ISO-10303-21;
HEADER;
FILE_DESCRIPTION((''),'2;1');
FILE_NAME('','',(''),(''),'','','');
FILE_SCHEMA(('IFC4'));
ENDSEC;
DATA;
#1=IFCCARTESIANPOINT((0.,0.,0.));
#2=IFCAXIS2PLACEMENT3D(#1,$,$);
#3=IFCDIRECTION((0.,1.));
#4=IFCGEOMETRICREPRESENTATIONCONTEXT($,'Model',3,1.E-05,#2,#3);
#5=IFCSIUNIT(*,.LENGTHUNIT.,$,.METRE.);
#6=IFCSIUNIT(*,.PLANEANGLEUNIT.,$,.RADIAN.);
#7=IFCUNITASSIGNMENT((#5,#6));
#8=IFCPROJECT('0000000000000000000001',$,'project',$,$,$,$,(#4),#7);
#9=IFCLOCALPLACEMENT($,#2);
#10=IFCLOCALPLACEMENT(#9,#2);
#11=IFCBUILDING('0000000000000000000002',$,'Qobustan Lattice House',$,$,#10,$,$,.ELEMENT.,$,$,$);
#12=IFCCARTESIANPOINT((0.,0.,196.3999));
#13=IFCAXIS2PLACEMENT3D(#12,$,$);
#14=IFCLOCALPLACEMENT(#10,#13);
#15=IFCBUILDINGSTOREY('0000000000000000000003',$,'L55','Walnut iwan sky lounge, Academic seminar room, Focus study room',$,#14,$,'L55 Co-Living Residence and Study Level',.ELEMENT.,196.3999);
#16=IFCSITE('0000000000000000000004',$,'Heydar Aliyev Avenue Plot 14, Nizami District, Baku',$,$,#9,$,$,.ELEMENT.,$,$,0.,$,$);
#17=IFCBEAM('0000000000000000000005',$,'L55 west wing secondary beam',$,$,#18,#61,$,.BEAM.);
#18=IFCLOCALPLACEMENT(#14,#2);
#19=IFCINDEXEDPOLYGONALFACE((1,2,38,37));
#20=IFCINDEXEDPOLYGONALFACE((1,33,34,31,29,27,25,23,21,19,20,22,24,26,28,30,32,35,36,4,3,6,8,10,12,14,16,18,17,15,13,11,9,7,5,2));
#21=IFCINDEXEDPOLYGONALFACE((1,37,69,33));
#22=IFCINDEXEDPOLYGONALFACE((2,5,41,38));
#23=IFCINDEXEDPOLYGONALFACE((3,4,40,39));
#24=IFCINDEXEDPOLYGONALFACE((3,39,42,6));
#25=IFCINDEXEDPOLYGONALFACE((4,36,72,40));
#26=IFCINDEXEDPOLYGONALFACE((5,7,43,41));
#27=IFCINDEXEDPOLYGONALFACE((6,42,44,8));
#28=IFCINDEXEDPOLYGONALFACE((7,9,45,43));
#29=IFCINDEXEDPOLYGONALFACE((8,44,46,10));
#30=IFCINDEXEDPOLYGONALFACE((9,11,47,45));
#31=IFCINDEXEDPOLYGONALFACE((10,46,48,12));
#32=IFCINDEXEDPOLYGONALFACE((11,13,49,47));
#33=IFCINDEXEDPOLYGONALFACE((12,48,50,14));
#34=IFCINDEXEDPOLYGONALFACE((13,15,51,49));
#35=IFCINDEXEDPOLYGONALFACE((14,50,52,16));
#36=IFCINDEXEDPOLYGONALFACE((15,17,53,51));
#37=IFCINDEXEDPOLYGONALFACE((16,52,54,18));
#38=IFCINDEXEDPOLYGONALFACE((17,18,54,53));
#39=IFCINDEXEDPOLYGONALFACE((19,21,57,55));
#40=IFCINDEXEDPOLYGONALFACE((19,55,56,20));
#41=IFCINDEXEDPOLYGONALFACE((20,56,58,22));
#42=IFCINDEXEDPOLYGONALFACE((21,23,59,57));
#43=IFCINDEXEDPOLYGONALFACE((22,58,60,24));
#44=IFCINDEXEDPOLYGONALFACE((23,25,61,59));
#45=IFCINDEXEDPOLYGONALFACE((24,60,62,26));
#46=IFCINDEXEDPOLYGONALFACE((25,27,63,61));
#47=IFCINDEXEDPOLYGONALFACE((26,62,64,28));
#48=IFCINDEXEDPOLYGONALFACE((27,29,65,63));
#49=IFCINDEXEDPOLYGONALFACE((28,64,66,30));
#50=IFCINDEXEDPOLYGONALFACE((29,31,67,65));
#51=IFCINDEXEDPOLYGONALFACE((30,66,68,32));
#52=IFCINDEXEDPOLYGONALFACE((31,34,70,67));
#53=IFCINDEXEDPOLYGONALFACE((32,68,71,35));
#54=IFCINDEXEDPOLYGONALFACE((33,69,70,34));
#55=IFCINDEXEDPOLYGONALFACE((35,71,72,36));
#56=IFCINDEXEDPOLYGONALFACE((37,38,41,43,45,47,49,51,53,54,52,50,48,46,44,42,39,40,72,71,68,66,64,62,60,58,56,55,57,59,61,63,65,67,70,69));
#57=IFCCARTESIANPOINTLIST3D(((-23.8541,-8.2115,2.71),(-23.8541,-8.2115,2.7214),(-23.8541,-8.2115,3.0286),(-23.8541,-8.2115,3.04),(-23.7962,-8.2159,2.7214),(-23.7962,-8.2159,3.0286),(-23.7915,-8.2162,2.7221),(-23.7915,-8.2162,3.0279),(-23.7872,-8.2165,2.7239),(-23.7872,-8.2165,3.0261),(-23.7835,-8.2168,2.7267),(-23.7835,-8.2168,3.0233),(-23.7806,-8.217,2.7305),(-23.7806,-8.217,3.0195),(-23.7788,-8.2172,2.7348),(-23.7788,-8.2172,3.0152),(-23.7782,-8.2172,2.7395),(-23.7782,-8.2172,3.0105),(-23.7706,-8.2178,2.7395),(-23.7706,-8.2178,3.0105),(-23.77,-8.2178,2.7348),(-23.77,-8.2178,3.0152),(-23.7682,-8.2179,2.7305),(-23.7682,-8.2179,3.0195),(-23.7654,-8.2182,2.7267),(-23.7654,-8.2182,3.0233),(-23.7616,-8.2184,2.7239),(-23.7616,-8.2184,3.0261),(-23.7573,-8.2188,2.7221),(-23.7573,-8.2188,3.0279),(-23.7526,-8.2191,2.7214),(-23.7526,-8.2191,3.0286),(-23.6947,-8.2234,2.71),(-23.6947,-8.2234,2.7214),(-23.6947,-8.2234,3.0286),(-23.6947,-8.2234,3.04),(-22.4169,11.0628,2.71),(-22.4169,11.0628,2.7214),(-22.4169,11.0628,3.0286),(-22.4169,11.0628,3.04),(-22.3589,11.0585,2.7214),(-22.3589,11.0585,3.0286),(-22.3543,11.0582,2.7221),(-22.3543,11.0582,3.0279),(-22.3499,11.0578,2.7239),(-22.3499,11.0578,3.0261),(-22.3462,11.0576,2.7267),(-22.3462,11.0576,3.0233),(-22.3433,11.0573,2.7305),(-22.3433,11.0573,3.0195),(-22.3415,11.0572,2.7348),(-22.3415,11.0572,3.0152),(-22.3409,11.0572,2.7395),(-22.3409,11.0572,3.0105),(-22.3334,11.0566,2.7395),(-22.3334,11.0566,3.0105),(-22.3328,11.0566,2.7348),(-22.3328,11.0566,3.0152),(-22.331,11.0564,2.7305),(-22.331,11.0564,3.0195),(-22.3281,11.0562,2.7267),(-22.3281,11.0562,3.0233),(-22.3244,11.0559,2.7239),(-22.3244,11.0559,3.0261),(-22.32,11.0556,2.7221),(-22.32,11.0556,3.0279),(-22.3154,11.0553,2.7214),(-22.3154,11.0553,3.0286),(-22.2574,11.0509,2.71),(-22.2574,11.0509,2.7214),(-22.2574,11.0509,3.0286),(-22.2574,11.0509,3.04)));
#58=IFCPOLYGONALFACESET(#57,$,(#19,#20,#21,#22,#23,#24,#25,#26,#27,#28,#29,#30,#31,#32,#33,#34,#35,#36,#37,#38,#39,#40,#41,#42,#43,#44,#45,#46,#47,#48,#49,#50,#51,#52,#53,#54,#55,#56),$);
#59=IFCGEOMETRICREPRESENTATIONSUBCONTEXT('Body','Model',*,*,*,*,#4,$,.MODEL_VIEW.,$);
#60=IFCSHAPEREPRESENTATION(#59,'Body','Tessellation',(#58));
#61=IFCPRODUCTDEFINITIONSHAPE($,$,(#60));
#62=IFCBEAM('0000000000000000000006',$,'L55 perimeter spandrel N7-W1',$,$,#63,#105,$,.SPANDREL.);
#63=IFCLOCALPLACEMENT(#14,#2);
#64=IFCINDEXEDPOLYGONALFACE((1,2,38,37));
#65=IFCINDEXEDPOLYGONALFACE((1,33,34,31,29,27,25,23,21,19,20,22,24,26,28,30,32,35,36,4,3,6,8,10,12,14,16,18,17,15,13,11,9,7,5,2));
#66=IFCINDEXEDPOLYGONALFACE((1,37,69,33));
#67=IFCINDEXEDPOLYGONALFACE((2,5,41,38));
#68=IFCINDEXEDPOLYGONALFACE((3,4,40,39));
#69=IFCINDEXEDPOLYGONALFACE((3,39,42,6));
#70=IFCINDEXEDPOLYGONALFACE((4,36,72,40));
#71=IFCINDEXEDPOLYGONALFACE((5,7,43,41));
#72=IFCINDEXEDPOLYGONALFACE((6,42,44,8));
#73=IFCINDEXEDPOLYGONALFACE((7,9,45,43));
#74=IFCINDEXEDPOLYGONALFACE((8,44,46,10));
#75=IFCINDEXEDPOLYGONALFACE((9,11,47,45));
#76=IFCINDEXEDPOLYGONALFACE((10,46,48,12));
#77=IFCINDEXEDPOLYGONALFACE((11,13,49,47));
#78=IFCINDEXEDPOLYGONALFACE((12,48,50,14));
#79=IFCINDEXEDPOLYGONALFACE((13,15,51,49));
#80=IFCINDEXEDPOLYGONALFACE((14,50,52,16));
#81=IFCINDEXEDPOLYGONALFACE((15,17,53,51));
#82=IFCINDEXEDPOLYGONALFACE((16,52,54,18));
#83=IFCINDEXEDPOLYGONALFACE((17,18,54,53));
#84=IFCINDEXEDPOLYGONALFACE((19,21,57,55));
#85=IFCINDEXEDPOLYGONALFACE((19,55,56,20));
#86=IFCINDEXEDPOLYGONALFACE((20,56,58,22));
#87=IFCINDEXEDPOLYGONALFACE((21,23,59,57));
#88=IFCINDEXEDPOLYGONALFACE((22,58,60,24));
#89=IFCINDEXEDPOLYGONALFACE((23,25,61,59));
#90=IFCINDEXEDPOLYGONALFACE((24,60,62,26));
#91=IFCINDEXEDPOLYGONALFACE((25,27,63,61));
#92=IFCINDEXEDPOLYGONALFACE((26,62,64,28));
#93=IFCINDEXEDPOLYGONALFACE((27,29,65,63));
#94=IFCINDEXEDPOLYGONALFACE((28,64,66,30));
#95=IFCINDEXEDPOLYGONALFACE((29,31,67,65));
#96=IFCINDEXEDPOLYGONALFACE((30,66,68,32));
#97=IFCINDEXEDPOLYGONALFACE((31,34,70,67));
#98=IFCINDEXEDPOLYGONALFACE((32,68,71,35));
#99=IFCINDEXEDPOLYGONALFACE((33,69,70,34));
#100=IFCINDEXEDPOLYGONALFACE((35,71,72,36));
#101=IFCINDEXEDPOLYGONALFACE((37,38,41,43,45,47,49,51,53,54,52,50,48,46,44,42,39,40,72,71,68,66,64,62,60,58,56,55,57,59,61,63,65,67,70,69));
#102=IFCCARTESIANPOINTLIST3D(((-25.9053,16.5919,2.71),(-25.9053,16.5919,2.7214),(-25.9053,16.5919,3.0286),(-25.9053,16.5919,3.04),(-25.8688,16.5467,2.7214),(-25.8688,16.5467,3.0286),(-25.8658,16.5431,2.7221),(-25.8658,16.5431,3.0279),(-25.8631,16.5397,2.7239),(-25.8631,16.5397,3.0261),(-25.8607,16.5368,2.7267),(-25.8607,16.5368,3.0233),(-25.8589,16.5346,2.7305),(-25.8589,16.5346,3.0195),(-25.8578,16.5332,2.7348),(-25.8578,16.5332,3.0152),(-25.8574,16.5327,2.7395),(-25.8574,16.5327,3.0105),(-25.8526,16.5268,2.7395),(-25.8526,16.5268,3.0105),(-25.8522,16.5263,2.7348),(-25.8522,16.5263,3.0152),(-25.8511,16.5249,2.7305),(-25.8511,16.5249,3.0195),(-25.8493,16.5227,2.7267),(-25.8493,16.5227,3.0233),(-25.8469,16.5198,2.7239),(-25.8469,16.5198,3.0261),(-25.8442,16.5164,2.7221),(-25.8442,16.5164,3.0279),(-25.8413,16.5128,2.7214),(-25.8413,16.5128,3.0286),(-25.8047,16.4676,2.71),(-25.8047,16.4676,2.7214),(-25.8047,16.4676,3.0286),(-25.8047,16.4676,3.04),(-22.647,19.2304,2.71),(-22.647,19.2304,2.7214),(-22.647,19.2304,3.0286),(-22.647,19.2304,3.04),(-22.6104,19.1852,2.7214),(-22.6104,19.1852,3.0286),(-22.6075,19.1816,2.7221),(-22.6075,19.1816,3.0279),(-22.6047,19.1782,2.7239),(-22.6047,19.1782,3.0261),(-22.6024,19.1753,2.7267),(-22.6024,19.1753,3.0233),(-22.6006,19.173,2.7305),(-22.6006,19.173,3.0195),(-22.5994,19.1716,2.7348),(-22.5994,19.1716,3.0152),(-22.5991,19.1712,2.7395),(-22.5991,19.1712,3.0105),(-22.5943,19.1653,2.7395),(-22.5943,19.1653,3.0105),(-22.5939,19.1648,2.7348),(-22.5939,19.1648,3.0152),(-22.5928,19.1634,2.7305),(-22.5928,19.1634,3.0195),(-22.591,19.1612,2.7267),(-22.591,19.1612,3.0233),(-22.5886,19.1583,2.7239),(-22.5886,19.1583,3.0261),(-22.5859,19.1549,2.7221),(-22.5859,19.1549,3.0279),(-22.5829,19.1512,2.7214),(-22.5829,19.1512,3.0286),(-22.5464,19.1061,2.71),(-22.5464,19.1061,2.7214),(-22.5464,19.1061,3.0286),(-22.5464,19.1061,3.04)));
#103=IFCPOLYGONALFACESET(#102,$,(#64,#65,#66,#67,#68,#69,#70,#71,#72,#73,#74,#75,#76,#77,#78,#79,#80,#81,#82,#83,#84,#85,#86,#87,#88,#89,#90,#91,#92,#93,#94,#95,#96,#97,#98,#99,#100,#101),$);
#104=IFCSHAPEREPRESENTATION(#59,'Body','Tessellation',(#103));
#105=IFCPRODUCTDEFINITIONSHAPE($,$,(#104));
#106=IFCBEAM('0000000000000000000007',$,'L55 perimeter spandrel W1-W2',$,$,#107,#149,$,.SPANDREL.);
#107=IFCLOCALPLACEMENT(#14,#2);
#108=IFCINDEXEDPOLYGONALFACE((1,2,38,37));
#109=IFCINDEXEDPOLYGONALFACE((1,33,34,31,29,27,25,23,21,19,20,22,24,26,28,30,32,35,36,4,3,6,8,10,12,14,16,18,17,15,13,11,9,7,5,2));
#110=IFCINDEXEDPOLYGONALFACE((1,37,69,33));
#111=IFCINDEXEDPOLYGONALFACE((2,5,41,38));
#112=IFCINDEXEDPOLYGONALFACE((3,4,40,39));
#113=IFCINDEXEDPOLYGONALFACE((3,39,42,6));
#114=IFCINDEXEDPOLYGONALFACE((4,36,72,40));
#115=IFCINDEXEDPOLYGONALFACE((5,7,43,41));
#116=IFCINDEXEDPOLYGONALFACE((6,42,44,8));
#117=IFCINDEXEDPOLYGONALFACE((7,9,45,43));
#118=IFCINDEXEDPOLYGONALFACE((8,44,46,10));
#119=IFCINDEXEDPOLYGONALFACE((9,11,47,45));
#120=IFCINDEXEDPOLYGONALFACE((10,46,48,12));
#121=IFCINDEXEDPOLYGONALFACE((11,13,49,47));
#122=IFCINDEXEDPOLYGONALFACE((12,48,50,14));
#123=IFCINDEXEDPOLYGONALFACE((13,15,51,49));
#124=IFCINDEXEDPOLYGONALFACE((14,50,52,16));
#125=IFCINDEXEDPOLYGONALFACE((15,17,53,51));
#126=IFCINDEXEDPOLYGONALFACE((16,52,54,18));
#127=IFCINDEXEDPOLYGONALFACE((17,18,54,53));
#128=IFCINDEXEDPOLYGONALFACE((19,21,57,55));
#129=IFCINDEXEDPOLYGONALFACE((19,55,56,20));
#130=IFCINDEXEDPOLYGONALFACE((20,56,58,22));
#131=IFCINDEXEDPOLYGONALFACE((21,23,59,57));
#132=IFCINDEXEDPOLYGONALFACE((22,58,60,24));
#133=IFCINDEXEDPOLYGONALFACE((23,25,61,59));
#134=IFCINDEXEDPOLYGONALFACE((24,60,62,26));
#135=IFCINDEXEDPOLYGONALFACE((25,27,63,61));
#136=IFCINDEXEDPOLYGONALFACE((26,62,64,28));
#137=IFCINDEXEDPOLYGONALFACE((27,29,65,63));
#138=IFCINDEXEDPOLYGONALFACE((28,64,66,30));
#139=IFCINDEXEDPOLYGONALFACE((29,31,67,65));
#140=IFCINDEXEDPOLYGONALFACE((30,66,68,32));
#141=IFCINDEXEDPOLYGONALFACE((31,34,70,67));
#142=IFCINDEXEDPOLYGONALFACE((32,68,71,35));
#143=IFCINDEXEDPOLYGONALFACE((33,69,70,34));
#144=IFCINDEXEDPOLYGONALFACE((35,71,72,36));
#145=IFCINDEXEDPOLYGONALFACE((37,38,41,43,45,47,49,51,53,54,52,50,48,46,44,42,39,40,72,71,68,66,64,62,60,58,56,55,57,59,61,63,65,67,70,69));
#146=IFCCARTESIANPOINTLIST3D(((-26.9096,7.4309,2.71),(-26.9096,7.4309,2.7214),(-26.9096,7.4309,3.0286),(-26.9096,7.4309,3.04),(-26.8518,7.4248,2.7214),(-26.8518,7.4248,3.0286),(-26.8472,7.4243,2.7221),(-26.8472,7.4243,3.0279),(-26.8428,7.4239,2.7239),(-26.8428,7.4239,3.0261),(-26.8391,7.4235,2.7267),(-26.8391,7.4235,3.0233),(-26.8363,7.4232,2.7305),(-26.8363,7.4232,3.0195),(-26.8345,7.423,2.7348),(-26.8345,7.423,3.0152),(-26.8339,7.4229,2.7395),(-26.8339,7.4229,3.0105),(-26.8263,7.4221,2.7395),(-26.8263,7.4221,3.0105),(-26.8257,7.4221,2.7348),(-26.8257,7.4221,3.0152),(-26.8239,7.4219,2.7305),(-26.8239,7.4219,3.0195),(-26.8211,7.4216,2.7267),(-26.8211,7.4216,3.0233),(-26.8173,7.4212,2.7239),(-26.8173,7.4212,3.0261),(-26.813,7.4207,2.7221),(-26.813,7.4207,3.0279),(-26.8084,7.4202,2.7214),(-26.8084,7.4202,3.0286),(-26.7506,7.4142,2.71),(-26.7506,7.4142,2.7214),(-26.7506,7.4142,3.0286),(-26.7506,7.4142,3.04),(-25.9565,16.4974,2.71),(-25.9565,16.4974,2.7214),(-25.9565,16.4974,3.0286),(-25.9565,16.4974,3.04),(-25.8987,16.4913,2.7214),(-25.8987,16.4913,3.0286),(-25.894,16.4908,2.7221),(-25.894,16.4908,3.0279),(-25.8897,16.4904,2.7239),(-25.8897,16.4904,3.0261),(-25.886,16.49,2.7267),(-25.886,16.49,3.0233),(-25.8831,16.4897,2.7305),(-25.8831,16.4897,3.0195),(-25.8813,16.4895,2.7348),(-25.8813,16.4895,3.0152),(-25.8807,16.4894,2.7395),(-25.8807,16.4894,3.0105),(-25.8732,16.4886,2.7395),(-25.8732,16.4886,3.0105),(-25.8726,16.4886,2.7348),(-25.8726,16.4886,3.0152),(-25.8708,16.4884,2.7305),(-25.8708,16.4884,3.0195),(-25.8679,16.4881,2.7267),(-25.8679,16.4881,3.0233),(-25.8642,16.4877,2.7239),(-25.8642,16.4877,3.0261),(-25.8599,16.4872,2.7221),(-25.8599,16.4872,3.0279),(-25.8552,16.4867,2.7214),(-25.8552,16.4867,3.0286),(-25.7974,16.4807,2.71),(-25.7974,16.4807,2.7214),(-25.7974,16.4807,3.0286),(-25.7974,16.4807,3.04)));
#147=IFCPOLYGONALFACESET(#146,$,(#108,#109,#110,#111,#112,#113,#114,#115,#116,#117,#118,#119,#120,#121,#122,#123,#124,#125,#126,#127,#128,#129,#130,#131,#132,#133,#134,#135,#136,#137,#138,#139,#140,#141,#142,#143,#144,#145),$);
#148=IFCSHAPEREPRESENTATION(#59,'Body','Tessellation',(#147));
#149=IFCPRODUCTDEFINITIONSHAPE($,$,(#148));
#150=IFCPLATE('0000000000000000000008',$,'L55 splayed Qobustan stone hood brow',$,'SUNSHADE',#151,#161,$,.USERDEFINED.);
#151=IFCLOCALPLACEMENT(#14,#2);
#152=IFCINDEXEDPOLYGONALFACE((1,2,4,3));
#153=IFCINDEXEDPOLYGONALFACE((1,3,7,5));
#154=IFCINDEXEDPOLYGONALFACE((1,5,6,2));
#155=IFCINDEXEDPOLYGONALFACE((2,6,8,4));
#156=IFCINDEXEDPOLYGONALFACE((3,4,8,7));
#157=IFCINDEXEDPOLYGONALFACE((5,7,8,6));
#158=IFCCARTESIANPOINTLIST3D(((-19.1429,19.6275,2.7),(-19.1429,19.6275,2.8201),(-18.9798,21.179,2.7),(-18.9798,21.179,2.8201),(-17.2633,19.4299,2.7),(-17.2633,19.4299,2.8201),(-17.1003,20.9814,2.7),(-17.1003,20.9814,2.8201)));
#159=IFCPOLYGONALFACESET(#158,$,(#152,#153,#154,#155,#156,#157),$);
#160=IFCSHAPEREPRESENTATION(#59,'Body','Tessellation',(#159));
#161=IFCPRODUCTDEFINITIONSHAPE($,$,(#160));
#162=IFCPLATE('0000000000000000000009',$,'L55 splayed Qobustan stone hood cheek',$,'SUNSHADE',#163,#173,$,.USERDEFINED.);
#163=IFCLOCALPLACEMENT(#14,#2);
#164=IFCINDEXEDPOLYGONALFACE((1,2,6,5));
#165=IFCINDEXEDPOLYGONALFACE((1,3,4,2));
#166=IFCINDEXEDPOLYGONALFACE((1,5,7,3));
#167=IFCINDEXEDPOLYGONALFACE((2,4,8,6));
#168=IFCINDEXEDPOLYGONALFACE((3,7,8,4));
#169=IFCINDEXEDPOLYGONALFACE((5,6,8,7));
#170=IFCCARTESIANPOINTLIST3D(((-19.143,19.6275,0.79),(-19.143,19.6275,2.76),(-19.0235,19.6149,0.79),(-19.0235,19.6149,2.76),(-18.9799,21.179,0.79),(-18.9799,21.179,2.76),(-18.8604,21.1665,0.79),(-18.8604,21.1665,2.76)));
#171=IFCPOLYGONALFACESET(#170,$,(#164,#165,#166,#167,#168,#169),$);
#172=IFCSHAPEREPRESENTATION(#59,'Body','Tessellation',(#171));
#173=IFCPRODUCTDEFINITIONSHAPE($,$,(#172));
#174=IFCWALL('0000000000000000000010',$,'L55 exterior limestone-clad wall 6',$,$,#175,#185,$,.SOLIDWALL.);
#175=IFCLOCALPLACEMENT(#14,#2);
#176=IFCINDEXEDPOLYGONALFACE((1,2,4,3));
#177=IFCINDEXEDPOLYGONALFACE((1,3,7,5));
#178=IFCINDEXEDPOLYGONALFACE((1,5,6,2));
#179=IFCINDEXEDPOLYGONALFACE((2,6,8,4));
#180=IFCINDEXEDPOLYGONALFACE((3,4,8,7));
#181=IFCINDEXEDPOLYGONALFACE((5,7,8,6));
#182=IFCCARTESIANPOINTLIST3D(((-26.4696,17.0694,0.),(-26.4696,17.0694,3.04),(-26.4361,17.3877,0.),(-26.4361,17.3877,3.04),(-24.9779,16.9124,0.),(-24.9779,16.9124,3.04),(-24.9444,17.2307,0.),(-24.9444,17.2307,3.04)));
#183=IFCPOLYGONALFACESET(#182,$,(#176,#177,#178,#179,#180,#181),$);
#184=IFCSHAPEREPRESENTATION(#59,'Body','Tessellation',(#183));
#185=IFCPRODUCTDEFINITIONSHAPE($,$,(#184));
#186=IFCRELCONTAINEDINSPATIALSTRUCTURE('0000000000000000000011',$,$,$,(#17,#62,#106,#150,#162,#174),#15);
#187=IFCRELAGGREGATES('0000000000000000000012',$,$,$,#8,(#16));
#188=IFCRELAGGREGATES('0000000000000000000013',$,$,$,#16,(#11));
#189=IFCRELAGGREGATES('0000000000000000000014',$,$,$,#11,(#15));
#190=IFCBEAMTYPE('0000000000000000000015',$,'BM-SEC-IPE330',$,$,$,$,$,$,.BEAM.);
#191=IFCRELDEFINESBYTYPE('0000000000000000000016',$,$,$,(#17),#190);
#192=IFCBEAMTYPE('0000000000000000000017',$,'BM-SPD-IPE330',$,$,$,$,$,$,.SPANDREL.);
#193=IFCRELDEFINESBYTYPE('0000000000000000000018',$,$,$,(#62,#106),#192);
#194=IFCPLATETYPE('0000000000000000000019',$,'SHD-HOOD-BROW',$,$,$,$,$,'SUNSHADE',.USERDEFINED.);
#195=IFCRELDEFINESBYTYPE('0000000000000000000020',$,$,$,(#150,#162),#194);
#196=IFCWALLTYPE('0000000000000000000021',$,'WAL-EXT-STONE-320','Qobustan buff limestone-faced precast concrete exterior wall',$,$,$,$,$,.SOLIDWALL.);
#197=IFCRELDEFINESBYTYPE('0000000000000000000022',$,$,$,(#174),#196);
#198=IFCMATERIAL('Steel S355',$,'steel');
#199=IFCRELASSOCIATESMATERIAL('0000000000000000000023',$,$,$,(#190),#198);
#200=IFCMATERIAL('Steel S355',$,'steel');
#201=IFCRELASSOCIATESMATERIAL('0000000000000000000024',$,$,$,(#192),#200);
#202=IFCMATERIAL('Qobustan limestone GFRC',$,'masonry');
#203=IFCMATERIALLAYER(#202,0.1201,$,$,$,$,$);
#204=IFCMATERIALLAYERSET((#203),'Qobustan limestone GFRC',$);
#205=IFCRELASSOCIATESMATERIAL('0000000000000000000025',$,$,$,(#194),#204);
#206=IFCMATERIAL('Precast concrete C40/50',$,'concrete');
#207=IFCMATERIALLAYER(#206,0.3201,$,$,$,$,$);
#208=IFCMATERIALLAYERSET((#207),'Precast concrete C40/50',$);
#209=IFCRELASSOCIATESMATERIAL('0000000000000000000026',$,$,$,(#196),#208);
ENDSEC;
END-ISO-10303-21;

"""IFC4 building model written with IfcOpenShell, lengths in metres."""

from ifc_helpers import new_model, si_unit, direction, frame, frame_2d, origin, origin_2d, place, context, subcontext, project, spatial, rectangle, i_section, extrude, material, layer, layer_set, material_profile, profile_set, type_object, element, save


model = new_model("IFC4")

# Units and contexts
model_context = context("Model", 3, precision=1e-05, world=origin(), true_north=direction((0.0, 1.0)))
body_context = subcontext(model_context, "Body", "Model", "MODEL_VIEW")
ifc_project = project(units=[si_unit("LENGTHUNIT", "METRE"), si_unit("PLANEANGLEUNIT", "RADIAN")], contexts=[model_context])

# Site, building, storey
site_placement = place(None, origin())
site = spatial("IfcSite", under=ifc_project, at=site_placement, Name="Heydar Aliyev Avenue Plot 14, Nizami District, Baku", CompositionType="ELEMENT", RefElevation=0.0)
building_placement = place(site_placement, origin())
building = spatial("IfcBuilding", under=site, at=building_placement, Name="Qobustan Lattice House", CompositionType="ELEMENT")
storey_placement = place(building_placement, frame((0.0, 0.0, 196.3999)))
storey = spatial("IfcBuildingStorey", under=building, at=storey_placement, Name="L55", Description="Walnut iwan sky lounge, Academic seminar room, Focus study room", LongName="L55 Co-Living Residence and Study Level", CompositionType="ELEMENT", Elevation=196.3999)

# Beams
ifc_material_1 = material(Name="Steel S355", Category="steel")
ifc_material_profile_1 = material_profile(ifc_material_1, i_section(OverallWidth=0.1599, OverallDepth=0.3301, WebThickness=0.0076, FlangeThickness=0.0115, FilletRadius=0.0181, at=origin_2d()), Name="IPE330")
ifc_profile_set_1 = profile_set([ifc_material_profile_1], Name="Steel S355")
beam_type_1 = type_object("IfcBeamType", Name="BM-SEC-IPE330", PredefinedType="BEAM", material=ifc_profile_set_1)
beam_1_placement = place(storey_placement, frame((-22.3372, 11.0569, 2.875), z_axis=(-0.074362, -0.997231, 0.0), x_axis=(0.997231, -0.074362, 0.0)))
element("IfcBeam", 1, at=beam_1_placement, inside=storey, type_object=beam_type_1, Name="L55 west wing secondary beam", PredefinedType="BEAM", context=body_context, shape_type="SweptSolid", body=[
    extrude(i_section(OverallWidth=0.1599, OverallDepth=0.3301, WebThickness=0.0076, FlangeThickness=0.0115, FilletRadius=0.0181, at=origin_2d()), origin(), (0.0, 0.0, 1.0), 19.3279),
])
ifc_material_2 = material(Name="Steel S355", Category="steel")
ifc_material_profile_2 = material_profile(ifc_material_2, i_section(OverallWidth=0.1599, OverallDepth=0.3301, WebThickness=0.0076, FlangeThickness=0.0115, FilletRadius=0.0181, at=origin_2d()), Name="IPE330")
ifc_profile_set_2 = profile_set([ifc_material_profile_2], Name="Steel S355")
beam_type_2 = type_object("IfcBeamType", Name="BM-SPD-IPE330", PredefinedType="SPANDREL", material=ifc_profile_set_2)
beam_2_placement = place(storey_placement, frame((-22.5967, 19.1682, 2.875), z_axis=(-0.777157, -0.629307, 0.0), x_axis=(0.629307, -0.777157, 0.0)))
element("IfcBeam", 2, at=beam_2_placement, inside=storey, type_object=beam_type_2, Name="L55 perimeter spandrel N7-W1", PredefinedType="SPANDREL", context=body_context, shape_type="SweptSolid", body=[
    extrude(i_section(OverallWidth=0.1599, OverallDepth=0.3301, WebThickness=0.0076, FlangeThickness=0.0115, FilletRadius=0.0181, at=origin_2d()), origin(), (0.0, 0.0, 1.0), 4.1926),
])
beam_3_placement = place(storey_placement, frame((-25.877, 16.489, 2.875), z_axis=(-0.104551, -0.99452, 0.0), x_axis=(0.99452, -0.104551, 0.0)))
element("IfcBeam", 3, at=beam_3_placement, inside=storey, type_object=beam_type_2, Name="L55 perimeter spandrel W1-W2", PredefinedType="SPANDREL", context=body_context, shape_type="SweptSolid", body=[
    extrude(i_section(OverallWidth=0.1599, OverallDepth=0.3301, WebThickness=0.0076, FlangeThickness=0.0115, FilletRadius=0.0181, at=origin_2d()), origin(), (0.0, 0.0, 1.0), 9.1165),
])

# Plates
ifc_material_3 = material(Name="Qobustan limestone GFRC", Category="masonry")
ifc_layer_1 = layer(ifc_material_3, 0.1201)
ifc_layer_set_1 = layer_set([ifc_layer_1], Name="Qobustan limestone GFRC")
plate_type = type_object("IfcPlateType", Name="SHD-HOOD-BROW", ElementType="SUNSHADE", PredefinedType="USERDEFINED", material=ifc_layer_set_1)
plate_1_placement = place(storey_placement, frame((-18.1216, 20.3044, 2.7), z_axis=(0.0, 0.0, 1.0), x_axis=(0.994522, -0.104528, 0.0)))
element("IfcPlate", 4, at=plate_1_placement, inside=storey, type_object=plate_type, Name="L55 splayed Qobustan stone hood brow", ObjectType="SUNSHADE", PredefinedType="USERDEFINED", context=body_context, shape_type="SweptSolid", body=[
    extrude(rectangle(XDim=1.8899, YDim=1.5601, at=origin_2d()), origin(), (0.0, 0.0, 1.0), 0.1201),
])
plate_2_placement = place(storey_placement, frame((-19.0017, 20.397, 0.79), z_axis=(0.0, 0.0, 1.0), x_axis=(0.994522, -0.104528, 0.0)))
element("IfcPlate", 5, at=plate_2_placement, inside=storey, type_object=plate_type, Name="L55 splayed Qobustan stone hood cheek", ObjectType="SUNSHADE", PredefinedType="USERDEFINED", context=body_context, shape_type="SweptSolid", body=[
    extrude(rectangle(XDim=0.1201, YDim=1.5601, at=origin_2d()), origin(), (0.0, 0.0, 1.0), 1.97),
])

# Wall
ifc_material_4 = material(Name="Precast concrete C40/50", Category="concrete")
ifc_layer_2 = layer(ifc_material_4, 0.3201)
ifc_layer_set_2 = layer_set([ifc_layer_2], Name="Precast concrete C40/50")
wall_type_1 = type_object("IfcWallType", Name="WAL-EXT-STONE-320", Description="Qobustan buff limestone-faced precast concrete exterior wall", PredefinedType="SOLIDWALL", material=ifc_layer_set_2)
wall_1_placement = place(storey_placement, frame((-26.4529, 17.2285, 0.0), z_axis=(0.0, 0.0, 1.0), x_axis=(0.994508, -0.104659, 0.0)))
element("IfcWall", 6, at=wall_1_placement, inside=storey, type_object=wall_type_1, Name="L55 exterior limestone-clad wall 6", PredefinedType="SOLIDWALL", context=body_context, shape_type="SweptSolid", body=[
    extrude(rectangle(XDim=1.5, YDim=0.3201, at=frame_2d((0.75, 0.0))), origin(), (0.0, 0.0, 1.0), 3.04),
])

save(model, "model.ifc")
